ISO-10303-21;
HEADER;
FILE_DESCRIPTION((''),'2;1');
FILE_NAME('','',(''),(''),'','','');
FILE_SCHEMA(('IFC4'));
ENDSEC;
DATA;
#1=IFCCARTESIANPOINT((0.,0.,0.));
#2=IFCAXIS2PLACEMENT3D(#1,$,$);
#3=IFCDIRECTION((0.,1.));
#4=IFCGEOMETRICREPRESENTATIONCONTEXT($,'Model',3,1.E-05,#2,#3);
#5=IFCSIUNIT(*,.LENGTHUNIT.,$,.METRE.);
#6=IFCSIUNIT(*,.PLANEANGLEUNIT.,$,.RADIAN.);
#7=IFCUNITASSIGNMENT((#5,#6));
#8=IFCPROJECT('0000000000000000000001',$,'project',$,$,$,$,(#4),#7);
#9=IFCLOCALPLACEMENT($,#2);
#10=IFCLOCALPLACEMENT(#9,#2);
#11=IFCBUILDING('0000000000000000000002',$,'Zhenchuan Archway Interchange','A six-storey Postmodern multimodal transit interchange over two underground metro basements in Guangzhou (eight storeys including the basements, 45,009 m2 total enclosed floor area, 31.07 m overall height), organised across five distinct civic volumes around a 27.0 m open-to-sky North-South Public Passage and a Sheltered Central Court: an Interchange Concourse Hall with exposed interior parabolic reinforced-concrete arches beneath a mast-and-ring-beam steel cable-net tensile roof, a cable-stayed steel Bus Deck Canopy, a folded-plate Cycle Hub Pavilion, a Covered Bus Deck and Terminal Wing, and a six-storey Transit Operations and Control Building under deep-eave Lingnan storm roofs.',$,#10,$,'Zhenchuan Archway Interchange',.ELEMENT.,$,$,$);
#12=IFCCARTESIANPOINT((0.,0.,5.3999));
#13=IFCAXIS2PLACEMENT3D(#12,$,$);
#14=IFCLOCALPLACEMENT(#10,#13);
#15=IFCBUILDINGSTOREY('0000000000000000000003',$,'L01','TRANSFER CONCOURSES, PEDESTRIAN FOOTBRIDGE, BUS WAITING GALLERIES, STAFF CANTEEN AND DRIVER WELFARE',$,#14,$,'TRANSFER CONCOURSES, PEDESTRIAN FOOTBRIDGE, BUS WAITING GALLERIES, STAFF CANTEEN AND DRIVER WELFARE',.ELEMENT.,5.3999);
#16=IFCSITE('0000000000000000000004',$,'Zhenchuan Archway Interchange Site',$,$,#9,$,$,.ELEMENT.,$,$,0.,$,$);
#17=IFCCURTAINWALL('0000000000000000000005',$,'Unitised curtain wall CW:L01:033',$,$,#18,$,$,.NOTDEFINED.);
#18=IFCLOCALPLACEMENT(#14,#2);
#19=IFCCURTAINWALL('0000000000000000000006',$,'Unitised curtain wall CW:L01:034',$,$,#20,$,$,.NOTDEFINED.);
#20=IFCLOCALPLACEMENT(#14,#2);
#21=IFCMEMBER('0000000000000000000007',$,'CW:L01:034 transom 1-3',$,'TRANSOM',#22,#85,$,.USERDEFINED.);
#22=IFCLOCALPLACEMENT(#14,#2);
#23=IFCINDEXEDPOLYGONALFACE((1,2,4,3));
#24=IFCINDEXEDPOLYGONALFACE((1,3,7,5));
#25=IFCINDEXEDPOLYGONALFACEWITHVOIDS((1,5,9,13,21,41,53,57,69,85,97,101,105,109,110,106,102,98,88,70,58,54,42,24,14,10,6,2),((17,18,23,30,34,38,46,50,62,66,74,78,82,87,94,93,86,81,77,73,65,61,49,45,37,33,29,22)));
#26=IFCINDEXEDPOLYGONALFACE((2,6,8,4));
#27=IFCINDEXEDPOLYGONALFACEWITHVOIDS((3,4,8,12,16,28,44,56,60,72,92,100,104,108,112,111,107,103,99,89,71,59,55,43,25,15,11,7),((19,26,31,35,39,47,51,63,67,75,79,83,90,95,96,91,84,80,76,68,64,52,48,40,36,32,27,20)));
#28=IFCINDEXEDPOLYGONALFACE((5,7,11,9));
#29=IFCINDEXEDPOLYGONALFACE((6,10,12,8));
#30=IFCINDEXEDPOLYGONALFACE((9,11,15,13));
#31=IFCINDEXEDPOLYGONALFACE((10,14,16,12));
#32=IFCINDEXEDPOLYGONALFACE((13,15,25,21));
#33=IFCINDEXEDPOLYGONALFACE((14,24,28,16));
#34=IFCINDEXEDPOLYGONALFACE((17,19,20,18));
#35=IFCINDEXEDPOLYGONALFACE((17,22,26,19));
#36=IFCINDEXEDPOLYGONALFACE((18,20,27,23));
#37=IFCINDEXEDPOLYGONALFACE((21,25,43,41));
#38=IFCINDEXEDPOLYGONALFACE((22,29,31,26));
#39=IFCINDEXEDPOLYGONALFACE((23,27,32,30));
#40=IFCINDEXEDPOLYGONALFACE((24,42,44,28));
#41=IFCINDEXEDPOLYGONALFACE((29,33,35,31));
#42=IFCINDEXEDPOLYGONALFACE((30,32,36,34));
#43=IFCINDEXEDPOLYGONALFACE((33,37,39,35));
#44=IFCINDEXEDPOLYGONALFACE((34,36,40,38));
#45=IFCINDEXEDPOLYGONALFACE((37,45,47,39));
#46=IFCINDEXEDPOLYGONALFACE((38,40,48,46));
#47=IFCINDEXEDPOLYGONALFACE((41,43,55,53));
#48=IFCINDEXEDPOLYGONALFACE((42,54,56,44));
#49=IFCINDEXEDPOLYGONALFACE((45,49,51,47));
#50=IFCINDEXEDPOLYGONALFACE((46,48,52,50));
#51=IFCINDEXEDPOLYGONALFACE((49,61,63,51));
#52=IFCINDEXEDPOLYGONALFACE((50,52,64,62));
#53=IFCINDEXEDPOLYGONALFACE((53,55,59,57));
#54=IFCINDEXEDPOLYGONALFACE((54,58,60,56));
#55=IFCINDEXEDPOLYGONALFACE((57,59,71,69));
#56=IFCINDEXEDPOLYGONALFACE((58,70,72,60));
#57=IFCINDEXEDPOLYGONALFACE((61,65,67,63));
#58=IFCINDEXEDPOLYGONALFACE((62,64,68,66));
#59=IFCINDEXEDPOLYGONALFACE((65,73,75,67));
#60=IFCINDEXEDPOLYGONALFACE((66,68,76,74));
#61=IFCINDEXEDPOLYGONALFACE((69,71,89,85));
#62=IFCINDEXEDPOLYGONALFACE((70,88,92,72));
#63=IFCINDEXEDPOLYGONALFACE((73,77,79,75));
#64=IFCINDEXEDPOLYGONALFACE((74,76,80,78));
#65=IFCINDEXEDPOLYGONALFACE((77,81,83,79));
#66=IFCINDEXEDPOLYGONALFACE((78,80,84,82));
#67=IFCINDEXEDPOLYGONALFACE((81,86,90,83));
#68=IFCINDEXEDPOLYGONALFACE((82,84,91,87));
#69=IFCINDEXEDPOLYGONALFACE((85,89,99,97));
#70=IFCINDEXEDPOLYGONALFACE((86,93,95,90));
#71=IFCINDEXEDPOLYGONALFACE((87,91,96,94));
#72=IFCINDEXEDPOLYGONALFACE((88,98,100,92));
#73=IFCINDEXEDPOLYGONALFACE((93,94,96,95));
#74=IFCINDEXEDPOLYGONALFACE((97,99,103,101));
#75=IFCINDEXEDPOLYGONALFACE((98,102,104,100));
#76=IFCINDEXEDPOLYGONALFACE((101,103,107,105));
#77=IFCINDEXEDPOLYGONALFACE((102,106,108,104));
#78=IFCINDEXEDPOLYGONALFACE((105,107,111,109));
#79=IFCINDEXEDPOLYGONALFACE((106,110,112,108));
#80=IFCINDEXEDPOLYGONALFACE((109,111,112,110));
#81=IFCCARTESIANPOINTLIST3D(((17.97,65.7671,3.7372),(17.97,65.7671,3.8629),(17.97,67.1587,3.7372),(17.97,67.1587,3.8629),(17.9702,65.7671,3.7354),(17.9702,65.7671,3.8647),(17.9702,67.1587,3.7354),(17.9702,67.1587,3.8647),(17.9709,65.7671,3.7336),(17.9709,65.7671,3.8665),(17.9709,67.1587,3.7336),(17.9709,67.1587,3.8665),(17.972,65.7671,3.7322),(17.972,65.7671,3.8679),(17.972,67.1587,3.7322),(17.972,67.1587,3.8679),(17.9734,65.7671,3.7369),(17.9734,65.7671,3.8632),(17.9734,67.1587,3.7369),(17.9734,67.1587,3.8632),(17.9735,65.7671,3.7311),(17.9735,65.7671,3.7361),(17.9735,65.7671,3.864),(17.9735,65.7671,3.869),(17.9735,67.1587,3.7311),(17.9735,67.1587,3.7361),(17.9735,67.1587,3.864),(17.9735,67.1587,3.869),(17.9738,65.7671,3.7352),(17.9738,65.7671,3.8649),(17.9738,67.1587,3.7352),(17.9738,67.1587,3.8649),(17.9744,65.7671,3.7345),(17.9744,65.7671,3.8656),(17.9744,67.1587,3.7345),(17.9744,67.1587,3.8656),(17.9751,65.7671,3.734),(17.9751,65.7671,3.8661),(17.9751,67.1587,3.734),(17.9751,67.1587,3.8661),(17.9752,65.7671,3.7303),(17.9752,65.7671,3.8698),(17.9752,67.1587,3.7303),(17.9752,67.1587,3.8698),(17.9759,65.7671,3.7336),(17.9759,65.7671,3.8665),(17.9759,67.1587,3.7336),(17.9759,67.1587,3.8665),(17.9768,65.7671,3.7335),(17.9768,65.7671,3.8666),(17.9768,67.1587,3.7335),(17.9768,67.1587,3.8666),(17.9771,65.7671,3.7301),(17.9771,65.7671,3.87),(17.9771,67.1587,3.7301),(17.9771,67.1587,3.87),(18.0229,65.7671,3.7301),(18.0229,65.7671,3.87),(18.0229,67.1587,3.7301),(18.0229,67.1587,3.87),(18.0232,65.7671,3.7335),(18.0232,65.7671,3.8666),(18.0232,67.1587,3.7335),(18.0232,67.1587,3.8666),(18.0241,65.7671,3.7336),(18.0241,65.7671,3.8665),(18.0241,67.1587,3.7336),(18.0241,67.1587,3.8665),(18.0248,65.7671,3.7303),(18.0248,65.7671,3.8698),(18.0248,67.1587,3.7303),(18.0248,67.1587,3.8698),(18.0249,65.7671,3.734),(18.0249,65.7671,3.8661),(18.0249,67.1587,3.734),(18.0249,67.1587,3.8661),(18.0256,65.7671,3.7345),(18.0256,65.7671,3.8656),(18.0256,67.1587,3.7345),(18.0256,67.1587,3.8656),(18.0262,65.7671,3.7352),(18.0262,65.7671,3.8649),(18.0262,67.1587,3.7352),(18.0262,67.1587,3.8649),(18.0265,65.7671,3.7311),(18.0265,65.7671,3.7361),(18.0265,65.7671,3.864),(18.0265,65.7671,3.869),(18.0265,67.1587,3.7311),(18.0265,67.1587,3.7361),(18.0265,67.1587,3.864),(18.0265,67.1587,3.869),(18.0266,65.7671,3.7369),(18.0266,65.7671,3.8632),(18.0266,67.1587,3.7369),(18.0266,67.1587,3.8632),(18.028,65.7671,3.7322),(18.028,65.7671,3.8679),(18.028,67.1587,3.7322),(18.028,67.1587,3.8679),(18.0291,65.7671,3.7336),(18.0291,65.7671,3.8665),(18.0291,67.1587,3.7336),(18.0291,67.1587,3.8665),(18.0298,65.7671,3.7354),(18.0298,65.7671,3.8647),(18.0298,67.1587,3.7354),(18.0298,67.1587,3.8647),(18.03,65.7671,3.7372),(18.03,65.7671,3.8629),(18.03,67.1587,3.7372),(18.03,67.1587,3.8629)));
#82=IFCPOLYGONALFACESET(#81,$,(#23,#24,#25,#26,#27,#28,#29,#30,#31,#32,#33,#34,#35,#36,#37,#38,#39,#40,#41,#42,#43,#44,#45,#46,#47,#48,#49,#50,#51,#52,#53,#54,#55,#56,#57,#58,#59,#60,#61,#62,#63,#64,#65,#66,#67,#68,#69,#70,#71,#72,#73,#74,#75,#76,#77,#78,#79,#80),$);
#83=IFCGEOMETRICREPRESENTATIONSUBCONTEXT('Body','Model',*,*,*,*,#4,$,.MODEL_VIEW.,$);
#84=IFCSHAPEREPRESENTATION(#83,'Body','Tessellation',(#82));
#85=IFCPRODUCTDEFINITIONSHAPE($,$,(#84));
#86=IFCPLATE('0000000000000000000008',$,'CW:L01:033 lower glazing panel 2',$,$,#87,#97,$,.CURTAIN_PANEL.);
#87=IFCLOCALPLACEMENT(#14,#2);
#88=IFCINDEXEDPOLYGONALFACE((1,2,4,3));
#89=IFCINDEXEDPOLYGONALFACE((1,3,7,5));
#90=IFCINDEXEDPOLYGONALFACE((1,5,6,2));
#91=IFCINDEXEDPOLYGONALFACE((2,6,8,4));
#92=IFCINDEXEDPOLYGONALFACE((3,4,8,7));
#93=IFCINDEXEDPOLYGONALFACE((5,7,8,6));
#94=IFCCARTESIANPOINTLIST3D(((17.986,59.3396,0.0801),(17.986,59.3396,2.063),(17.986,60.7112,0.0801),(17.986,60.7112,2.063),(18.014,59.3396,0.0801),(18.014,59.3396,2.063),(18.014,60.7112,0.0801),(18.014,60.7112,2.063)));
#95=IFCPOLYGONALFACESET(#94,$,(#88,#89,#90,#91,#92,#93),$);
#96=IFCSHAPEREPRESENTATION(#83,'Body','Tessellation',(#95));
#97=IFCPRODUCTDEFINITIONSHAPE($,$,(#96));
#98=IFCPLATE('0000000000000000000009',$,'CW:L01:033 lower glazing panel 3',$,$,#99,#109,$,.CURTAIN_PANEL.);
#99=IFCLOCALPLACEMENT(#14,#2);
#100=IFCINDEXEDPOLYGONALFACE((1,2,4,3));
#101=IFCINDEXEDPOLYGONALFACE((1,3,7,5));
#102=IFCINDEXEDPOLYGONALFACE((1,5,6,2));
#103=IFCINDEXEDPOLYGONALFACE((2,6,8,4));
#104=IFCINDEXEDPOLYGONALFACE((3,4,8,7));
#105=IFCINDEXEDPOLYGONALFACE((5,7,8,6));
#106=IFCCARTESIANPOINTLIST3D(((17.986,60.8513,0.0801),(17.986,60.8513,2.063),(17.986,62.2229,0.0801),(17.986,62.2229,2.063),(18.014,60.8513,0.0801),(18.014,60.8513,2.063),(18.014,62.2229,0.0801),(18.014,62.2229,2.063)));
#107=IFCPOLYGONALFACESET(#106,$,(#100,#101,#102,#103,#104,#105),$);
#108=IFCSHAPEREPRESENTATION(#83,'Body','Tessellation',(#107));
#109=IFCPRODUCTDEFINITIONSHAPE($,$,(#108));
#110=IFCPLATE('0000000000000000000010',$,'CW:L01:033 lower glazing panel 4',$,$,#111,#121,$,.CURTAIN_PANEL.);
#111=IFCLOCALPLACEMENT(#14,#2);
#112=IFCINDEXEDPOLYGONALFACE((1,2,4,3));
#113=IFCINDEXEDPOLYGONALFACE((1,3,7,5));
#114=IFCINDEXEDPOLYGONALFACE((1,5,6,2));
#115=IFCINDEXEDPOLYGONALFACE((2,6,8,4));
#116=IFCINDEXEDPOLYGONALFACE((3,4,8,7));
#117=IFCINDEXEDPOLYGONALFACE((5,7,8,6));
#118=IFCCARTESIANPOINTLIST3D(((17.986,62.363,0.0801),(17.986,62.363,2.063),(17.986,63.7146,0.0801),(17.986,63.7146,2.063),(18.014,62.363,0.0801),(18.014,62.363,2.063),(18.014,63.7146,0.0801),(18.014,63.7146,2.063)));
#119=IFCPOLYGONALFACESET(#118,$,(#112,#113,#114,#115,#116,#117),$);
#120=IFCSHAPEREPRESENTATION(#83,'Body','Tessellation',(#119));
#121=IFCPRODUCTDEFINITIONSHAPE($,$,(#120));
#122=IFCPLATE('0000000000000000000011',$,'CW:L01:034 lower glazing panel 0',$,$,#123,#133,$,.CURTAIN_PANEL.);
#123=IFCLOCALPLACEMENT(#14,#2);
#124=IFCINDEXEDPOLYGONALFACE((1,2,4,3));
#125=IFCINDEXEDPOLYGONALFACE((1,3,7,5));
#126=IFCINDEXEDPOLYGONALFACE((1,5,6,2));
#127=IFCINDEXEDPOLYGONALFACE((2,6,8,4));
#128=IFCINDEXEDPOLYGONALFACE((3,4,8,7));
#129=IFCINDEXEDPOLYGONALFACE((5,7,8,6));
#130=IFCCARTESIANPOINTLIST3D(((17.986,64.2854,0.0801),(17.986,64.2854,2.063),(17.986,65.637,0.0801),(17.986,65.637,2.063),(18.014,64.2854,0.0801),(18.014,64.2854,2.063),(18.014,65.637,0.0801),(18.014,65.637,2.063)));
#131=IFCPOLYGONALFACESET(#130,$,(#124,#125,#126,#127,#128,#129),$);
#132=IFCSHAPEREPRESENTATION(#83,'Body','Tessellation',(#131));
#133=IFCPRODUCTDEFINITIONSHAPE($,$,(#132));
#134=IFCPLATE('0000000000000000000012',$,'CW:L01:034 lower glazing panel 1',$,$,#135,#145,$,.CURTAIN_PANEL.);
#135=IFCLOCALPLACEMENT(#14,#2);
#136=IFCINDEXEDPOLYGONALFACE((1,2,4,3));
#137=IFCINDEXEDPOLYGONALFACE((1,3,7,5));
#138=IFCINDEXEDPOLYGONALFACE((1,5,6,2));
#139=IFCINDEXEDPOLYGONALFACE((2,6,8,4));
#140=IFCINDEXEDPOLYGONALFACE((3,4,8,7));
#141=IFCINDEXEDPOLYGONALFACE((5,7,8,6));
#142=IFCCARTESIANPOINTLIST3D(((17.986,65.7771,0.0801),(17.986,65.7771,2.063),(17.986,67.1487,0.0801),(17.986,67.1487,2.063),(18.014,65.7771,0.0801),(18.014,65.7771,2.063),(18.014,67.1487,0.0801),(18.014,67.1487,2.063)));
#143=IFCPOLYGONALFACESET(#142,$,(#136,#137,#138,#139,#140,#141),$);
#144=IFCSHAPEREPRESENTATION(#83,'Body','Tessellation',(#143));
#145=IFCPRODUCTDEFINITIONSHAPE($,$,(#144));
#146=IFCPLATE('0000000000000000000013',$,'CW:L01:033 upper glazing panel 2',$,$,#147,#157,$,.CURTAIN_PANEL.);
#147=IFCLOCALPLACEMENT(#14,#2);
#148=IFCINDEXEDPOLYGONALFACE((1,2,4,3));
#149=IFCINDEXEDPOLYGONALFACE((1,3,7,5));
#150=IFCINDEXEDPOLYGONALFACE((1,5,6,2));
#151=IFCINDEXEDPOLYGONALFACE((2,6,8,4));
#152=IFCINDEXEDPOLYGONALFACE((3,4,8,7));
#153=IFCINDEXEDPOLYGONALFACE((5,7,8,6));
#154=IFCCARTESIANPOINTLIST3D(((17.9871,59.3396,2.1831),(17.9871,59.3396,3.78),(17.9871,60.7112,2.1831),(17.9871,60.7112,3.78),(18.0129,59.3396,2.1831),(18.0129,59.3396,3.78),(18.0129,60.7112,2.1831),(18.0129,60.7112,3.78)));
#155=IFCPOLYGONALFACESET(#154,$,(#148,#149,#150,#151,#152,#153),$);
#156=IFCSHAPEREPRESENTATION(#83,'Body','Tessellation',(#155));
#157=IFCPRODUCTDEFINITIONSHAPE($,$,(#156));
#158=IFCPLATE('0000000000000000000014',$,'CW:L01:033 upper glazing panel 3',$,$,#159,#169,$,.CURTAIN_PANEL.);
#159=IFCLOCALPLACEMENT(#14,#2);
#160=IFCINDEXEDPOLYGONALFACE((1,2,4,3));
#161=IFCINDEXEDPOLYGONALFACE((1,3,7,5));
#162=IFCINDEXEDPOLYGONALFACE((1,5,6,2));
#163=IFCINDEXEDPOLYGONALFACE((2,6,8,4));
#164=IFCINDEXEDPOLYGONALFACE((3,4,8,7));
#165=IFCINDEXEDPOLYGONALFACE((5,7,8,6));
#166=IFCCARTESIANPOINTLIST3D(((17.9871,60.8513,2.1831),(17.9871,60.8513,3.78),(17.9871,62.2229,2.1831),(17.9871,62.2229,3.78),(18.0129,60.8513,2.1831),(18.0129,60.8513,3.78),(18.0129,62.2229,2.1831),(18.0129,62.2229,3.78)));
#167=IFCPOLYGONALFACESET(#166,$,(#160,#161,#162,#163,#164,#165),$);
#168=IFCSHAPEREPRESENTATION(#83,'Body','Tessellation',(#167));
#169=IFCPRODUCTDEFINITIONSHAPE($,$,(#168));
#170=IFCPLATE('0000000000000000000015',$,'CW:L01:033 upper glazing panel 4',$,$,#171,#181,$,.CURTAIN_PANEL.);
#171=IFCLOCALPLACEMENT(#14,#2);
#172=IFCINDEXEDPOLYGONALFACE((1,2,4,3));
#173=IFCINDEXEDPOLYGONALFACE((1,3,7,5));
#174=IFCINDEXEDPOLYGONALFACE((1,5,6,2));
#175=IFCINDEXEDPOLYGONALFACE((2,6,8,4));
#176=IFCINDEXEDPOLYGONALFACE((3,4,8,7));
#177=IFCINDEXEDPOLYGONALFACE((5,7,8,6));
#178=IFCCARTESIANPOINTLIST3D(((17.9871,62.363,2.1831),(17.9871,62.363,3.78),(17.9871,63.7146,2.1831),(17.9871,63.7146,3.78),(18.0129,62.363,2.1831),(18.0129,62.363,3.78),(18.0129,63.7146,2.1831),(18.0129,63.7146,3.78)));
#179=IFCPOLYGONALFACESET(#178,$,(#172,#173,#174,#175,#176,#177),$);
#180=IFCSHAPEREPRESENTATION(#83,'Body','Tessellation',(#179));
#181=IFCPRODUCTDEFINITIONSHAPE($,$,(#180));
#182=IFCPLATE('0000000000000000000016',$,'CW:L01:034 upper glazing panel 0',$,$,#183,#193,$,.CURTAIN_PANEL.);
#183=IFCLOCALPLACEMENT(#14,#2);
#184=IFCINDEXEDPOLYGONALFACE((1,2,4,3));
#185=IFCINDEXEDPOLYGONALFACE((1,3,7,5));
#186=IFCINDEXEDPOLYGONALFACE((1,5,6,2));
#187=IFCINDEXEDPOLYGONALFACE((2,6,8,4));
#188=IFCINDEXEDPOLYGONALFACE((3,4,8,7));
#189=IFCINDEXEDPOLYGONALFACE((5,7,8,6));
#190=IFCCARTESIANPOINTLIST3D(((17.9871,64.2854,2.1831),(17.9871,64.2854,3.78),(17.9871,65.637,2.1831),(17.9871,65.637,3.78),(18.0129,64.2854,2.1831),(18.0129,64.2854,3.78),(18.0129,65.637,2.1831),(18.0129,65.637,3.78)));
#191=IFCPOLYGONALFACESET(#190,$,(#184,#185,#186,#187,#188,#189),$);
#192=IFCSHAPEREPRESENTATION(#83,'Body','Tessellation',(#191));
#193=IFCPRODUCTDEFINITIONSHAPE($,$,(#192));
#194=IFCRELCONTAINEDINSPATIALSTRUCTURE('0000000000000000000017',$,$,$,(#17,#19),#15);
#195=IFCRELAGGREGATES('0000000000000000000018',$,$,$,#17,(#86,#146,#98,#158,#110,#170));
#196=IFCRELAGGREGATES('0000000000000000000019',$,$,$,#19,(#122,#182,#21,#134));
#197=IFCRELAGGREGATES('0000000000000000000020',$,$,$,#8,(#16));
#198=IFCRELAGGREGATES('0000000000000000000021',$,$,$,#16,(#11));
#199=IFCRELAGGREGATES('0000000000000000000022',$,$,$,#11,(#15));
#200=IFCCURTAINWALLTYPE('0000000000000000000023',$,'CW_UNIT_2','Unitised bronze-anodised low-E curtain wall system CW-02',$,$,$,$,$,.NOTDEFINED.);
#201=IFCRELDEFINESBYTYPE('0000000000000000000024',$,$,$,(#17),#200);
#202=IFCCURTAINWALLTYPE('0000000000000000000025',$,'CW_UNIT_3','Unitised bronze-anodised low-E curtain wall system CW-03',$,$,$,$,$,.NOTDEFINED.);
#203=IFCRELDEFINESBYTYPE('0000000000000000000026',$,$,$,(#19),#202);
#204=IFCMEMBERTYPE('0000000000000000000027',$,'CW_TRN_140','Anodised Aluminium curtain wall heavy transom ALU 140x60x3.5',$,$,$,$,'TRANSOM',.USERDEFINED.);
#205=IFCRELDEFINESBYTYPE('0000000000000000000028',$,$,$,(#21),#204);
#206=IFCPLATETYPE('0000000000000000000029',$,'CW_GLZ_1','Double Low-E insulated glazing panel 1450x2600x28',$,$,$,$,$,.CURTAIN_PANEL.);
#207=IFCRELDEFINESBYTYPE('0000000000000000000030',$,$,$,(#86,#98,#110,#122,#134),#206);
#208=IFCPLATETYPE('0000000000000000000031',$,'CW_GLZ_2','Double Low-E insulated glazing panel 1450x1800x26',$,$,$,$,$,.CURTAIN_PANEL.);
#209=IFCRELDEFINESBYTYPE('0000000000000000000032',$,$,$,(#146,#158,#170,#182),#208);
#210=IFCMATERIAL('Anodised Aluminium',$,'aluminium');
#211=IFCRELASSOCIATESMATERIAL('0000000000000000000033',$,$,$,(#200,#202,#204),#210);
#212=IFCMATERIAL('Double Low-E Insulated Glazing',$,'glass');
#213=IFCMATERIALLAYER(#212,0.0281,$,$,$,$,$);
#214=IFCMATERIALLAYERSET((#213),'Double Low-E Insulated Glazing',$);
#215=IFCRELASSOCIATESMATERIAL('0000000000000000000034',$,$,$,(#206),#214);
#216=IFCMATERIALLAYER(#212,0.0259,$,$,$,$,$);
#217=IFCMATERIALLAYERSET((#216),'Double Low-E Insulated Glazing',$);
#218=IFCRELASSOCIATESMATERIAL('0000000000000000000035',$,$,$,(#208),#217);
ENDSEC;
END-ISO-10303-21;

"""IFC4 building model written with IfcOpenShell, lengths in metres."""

from ifc_helpers import new_model, si_unit, direction, frame, origin, origin_2d, place, context, subcontext, project, spatial, rectangle, hollow_rectangle, extrude, material, layer, layer_set, material_profile, profile_set, type_object, element, aggregate, save


model = new_model("IFC4")

# Units and contexts
model_context = context("Model", 3, precision=1e-05, world=origin(), true_north=direction((0.0, 1.0)))
body_context = subcontext(model_context, "Body", "Model", "MODEL_VIEW")
ifc_project = project(units=[si_unit("LENGTHUNIT", "METRE"), si_unit("PLANEANGLEUNIT", "RADIAN")], contexts=[model_context])

# Site, building, storey
site_placement = place(None, origin())
site = spatial("IfcSite", under=ifc_project, at=site_placement, Name="Zhenchuan Archway Interchange Site", CompositionType="ELEMENT", RefElevation=0.0)
building_placement = place(site_placement, origin())
building = spatial("IfcBuilding", under=site, at=building_placement, Name="Zhenchuan Archway Interchange", Description="A six-storey Postmodern multimodal transit interchange over two underground metro basements in Guangzhou (eight storeys including the basements, 45,009 m2 total enclosed floor area, 31.07 m overall height), organised across five distinct civic volumes around a 27.0 m open-to-sky North-South Public Passage and a Sheltered Central Court: an Interchange Concourse Hall with exposed interior parabolic reinforced-concrete arches beneath a mast-and-ring-beam steel cable-net tensile roof, a cable-stayed steel Bus Deck Canopy, a folded-plate Cycle Hub Pavilion, a Covered Bus Deck and Terminal Wing, and a six-storey Transit Operations and Control Building under deep-eave Lingnan storm roofs.", LongName="Zhenchuan Archway Interchange", CompositionType="ELEMENT")
storey_placement = place(building_placement, frame((0.0, 0.0, 5.3999)))
storey = spatial("IfcBuildingStorey", under=building, at=storey_placement, Name="L01", Description="TRANSFER CONCOURSES, PEDESTRIAN FOOTBRIDGE, BUS WAITING GALLERIES, STAFF CANTEEN AND DRIVER WELFARE", LongName="TRANSFER CONCOURSES, PEDESTRIAN FOOTBRIDGE, BUS WAITING GALLERIES, STAFF CANTEEN AND DRIVER WELFARE", CompositionType="ELEMENT", Elevation=5.3999)

# Curtain walls
ifc_material_1 = material(Name="Anodised Aluminium", Category="aluminium")
curtain_wall_type_1 = type_object("IfcCurtainWallType", Name="CW_UNIT_2", Description="Unitised bronze-anodised low-E curtain wall system CW-02", PredefinedType="NOTDEFINED", material=ifc_material_1)
curtain_wall_1_placement = place(storey_placement, origin())
curtain_wall_1 = element("IfcCurtainWall", 1, at=curtain_wall_1_placement, inside=storey, type_object=curtain_wall_type_1, Name="Unitised curtain wall CW:L01:033", PredefinedType="NOTDEFINED")
curtain_wall_type_2 = type_object("IfcCurtainWallType", Name="CW_UNIT_3", Description="Unitised bronze-anodised low-E curtain wall system CW-03", PredefinedType="NOTDEFINED", material=ifc_material_1)
curtain_wall_2_placement = place(storey_placement, origin())
curtain_wall_2 = element("IfcCurtainWall", 2, at=curtain_wall_2_placement, inside=storey, type_object=curtain_wall_type_2, Name="Unitised curtain wall CW:L01:034", PredefinedType="NOTDEFINED")

# Member
ifc_material_profile_1 = material_profile(ifc_material_1, hollow_rectangle(XDim=0.0601, YDim=0.1399, WallThickness=0.0034, InnerFilletRadius=0.0034, OuterFilletRadius=0.0071, at=origin_2d()), Name="ALU 140x60x3.5")
ifc_profile_set_1 = profile_set([ifc_material_profile_1], Name="Anodised Aluminium")
member_type_1 = type_object("IfcMemberType", Name="CW_TRN_140", Description="Anodised Aluminium curtain wall heavy transom ALU 140x60x3.5", ElementType="TRANSOM", PredefinedType="USERDEFINED", material=ifc_profile_set_1)
member_1_placement = place(storey_placement, frame((18.0, 65.7671, 3.8), z_axis=(0.0, 1.0, 0.0), x_axis=(-1.0, 0.0, 0.0)))
member_1 = element("IfcMember", 3, at=member_1_placement, type_object=member_type_1, Name="CW:L01:034 transom 1-3", ObjectType="TRANSOM", PredefinedType="USERDEFINED", context=body_context, shape_type="SweptSolid", body=[
    extrude(hollow_rectangle(XDim=0.0601, YDim=0.1399, WallThickness=0.0034, InnerFilletRadius=0.0034, OuterFilletRadius=0.0071, at=origin_2d()), origin(), (0.0, 0.0, 1.0), 1.3916),
])

# Plates
ifc_material_2 = material(Name="Double Low-E Insulated Glazing", Category="glass")
ifc_layer_1 = layer(ifc_material_2, 0.0281)
ifc_layer_set_1 = layer_set([ifc_layer_1], Name="Double Low-E Insulated Glazing")
plate_type_1 = type_object("IfcPlateType", Name="CW_GLZ_1", Description="Double Low-E insulated glazing panel 1450x2600x28", PredefinedType="CURTAIN_PANEL", material=ifc_layer_set_1)
plate_1_placement = place(storey_placement, frame((18.0, 60.0254, 0.0801), z_axis=(0.0, 0.0, 1.0), x_axis=(0.0, 1.0, 0.0)))
plate_1 = element("IfcPlate", 4, at=plate_1_placement, type_object=plate_type_1, Name="CW:L01:033 lower glazing panel 2", PredefinedType="CURTAIN_PANEL", context=body_context, shape_type="SweptSolid", body=[
    extrude(rectangle(XDim=1.3716, YDim=0.0281, at=origin_2d()), origin(), (0.0, 0.0, 1.0), 1.9829),
])
plate_2_placement = place(storey_placement, frame((18.0, 61.5371, 0.0801), z_axis=(0.0, 0.0, 1.0), x_axis=(0.0, 1.0, 0.0)))
plate_2 = element("IfcPlate", 5, at=plate_2_placement, type_object=plate_type_1, Name="CW:L01:033 lower glazing panel 3", PredefinedType="CURTAIN_PANEL", context=body_context, shape_type="SweptSolid", body=[
    extrude(rectangle(XDim=1.3716, YDim=0.0281, at=origin_2d()), origin(), (0.0, 0.0, 1.0), 1.9829),
])
plate_3_placement = place(storey_placement, frame((18.0, 63.0388, 0.0801), z_axis=(0.0, 0.0, 1.0), x_axis=(0.0, 1.0, 0.0)))
plate_3 = element("IfcPlate", 6, at=plate_3_placement, type_object=plate_type_1, Name="CW:L01:033 lower glazing panel 4", PredefinedType="CURTAIN_PANEL", context=body_context, shape_type="SweptSolid", body=[
    extrude(rectangle(XDim=1.3516, YDim=0.0281, at=origin_2d()), origin(), (0.0, 0.0, 1.0), 1.9829),
])
plate_4_placement = place(storey_placement, frame((18.0, 64.9612, 0.0801), z_axis=(0.0, 0.0, 1.0), x_axis=(0.0, 1.0, 0.0)))
plate_4 = element("IfcPlate", 7, at=plate_4_placement, type_object=plate_type_1, Name="CW:L01:034 lower glazing panel 0", PredefinedType="CURTAIN_PANEL", context=body_context, shape_type="SweptSolid", body=[
    extrude(rectangle(XDim=1.3516, YDim=0.0281, at=origin_2d()), origin(), (0.0, 0.0, 1.0), 1.9829),
])
plate_5_placement = place(storey_placement, frame((18.0, 66.4629, 0.0801), z_axis=(0.0, 0.0, 1.0), x_axis=(0.0, 1.0, 0.0)))
plate_5 = element("IfcPlate", 8, at=plate_5_placement, type_object=plate_type_1, Name="CW:L01:034 lower glazing panel 1", PredefinedType="CURTAIN_PANEL", context=body_context, shape_type="SweptSolid", body=[
    extrude(rectangle(XDim=1.3716, YDim=0.0281, at=origin_2d()), origin(), (0.0, 0.0, 1.0), 1.9829),
])
ifc_layer_2 = layer(ifc_material_2, 0.0259)
ifc_layer_set_2 = layer_set([ifc_layer_2], Name="Double Low-E Insulated Glazing")
plate_type_2 = type_object("IfcPlateType", Name="CW_GLZ_2", Description="Double Low-E insulated glazing panel 1450x1800x26", PredefinedType="CURTAIN_PANEL", material=ifc_layer_set_2)
plate_6_placement = place(storey_placement, frame((18.0, 60.0254, 2.1831), z_axis=(0.0, 0.0, 1.0), x_axis=(0.0, 1.0, 0.0)))
plate_6 = element("IfcPlate", 9, at=plate_6_placement, type_object=plate_type_2, Name="CW:L01:033 upper glazing panel 2", PredefinedType="CURTAIN_PANEL", context=body_context, shape_type="SweptSolid", body=[
    extrude(rectangle(XDim=1.3716, YDim=0.0259, at=origin_2d()), origin(), (0.0, 0.0, 1.0), 1.5969),
])
plate_7_placement = place(storey_placement, frame((18.0, 61.5371, 2.1831), z_axis=(0.0, 0.0, 1.0), x_axis=(0.0, 1.0, 0.0)))
plate_7 = element("IfcPlate", 10, at=plate_7_placement, type_object=plate_type_2, Name="CW:L01:033 upper glazing panel 3", PredefinedType="CURTAIN_PANEL", context=body_context, shape_type="SweptSolid", body=[
    extrude(rectangle(XDim=1.3716, YDim=0.0259, at=origin_2d()), origin(), (0.0, 0.0, 1.0), 1.5969),
])
plate_8_placement = place(storey_placement, frame((18.0, 63.0388, 2.1831), z_axis=(0.0, 0.0, 1.0), x_axis=(0.0, 1.0, 0.0)))
plate_8 = element("IfcPlate", 11, at=plate_8_placement, type_object=plate_type_2, Name="CW:L01:033 upper glazing panel 4", PredefinedType="CURTAIN_PANEL", context=body_context, shape_type="SweptSolid", body=[
    extrude(rectangle(XDim=1.3516, YDim=0.0259, at=origin_2d()), origin(), (0.0, 0.0, 1.0), 1.5969),
])
aggregate(curtain_wall_1, [plate_1, plate_6, plate_2, plate_7, plate_3, plate_8])
plate_9_placement = place(storey_placement, frame((18.0, 64.9612, 2.1831), z_axis=(0.0, 0.0, 1.0), x_axis=(0.0, 1.0, 0.0)))
plate_9 = element("IfcPlate", 12, at=plate_9_placement, type_object=plate_type_2, Name="CW:L01:034 upper glazing panel 0", PredefinedType="CURTAIN_PANEL", context=body_context, shape_type="SweptSolid", body=[
    extrude(rectangle(XDim=1.3516, YDim=0.0259, at=origin_2d()), origin(), (0.0, 0.0, 1.0), 1.5969),
])
aggregate(curtain_wall_2, [plate_4, plate_9, member_1, plate_5])

save(model, "model.ifc")
